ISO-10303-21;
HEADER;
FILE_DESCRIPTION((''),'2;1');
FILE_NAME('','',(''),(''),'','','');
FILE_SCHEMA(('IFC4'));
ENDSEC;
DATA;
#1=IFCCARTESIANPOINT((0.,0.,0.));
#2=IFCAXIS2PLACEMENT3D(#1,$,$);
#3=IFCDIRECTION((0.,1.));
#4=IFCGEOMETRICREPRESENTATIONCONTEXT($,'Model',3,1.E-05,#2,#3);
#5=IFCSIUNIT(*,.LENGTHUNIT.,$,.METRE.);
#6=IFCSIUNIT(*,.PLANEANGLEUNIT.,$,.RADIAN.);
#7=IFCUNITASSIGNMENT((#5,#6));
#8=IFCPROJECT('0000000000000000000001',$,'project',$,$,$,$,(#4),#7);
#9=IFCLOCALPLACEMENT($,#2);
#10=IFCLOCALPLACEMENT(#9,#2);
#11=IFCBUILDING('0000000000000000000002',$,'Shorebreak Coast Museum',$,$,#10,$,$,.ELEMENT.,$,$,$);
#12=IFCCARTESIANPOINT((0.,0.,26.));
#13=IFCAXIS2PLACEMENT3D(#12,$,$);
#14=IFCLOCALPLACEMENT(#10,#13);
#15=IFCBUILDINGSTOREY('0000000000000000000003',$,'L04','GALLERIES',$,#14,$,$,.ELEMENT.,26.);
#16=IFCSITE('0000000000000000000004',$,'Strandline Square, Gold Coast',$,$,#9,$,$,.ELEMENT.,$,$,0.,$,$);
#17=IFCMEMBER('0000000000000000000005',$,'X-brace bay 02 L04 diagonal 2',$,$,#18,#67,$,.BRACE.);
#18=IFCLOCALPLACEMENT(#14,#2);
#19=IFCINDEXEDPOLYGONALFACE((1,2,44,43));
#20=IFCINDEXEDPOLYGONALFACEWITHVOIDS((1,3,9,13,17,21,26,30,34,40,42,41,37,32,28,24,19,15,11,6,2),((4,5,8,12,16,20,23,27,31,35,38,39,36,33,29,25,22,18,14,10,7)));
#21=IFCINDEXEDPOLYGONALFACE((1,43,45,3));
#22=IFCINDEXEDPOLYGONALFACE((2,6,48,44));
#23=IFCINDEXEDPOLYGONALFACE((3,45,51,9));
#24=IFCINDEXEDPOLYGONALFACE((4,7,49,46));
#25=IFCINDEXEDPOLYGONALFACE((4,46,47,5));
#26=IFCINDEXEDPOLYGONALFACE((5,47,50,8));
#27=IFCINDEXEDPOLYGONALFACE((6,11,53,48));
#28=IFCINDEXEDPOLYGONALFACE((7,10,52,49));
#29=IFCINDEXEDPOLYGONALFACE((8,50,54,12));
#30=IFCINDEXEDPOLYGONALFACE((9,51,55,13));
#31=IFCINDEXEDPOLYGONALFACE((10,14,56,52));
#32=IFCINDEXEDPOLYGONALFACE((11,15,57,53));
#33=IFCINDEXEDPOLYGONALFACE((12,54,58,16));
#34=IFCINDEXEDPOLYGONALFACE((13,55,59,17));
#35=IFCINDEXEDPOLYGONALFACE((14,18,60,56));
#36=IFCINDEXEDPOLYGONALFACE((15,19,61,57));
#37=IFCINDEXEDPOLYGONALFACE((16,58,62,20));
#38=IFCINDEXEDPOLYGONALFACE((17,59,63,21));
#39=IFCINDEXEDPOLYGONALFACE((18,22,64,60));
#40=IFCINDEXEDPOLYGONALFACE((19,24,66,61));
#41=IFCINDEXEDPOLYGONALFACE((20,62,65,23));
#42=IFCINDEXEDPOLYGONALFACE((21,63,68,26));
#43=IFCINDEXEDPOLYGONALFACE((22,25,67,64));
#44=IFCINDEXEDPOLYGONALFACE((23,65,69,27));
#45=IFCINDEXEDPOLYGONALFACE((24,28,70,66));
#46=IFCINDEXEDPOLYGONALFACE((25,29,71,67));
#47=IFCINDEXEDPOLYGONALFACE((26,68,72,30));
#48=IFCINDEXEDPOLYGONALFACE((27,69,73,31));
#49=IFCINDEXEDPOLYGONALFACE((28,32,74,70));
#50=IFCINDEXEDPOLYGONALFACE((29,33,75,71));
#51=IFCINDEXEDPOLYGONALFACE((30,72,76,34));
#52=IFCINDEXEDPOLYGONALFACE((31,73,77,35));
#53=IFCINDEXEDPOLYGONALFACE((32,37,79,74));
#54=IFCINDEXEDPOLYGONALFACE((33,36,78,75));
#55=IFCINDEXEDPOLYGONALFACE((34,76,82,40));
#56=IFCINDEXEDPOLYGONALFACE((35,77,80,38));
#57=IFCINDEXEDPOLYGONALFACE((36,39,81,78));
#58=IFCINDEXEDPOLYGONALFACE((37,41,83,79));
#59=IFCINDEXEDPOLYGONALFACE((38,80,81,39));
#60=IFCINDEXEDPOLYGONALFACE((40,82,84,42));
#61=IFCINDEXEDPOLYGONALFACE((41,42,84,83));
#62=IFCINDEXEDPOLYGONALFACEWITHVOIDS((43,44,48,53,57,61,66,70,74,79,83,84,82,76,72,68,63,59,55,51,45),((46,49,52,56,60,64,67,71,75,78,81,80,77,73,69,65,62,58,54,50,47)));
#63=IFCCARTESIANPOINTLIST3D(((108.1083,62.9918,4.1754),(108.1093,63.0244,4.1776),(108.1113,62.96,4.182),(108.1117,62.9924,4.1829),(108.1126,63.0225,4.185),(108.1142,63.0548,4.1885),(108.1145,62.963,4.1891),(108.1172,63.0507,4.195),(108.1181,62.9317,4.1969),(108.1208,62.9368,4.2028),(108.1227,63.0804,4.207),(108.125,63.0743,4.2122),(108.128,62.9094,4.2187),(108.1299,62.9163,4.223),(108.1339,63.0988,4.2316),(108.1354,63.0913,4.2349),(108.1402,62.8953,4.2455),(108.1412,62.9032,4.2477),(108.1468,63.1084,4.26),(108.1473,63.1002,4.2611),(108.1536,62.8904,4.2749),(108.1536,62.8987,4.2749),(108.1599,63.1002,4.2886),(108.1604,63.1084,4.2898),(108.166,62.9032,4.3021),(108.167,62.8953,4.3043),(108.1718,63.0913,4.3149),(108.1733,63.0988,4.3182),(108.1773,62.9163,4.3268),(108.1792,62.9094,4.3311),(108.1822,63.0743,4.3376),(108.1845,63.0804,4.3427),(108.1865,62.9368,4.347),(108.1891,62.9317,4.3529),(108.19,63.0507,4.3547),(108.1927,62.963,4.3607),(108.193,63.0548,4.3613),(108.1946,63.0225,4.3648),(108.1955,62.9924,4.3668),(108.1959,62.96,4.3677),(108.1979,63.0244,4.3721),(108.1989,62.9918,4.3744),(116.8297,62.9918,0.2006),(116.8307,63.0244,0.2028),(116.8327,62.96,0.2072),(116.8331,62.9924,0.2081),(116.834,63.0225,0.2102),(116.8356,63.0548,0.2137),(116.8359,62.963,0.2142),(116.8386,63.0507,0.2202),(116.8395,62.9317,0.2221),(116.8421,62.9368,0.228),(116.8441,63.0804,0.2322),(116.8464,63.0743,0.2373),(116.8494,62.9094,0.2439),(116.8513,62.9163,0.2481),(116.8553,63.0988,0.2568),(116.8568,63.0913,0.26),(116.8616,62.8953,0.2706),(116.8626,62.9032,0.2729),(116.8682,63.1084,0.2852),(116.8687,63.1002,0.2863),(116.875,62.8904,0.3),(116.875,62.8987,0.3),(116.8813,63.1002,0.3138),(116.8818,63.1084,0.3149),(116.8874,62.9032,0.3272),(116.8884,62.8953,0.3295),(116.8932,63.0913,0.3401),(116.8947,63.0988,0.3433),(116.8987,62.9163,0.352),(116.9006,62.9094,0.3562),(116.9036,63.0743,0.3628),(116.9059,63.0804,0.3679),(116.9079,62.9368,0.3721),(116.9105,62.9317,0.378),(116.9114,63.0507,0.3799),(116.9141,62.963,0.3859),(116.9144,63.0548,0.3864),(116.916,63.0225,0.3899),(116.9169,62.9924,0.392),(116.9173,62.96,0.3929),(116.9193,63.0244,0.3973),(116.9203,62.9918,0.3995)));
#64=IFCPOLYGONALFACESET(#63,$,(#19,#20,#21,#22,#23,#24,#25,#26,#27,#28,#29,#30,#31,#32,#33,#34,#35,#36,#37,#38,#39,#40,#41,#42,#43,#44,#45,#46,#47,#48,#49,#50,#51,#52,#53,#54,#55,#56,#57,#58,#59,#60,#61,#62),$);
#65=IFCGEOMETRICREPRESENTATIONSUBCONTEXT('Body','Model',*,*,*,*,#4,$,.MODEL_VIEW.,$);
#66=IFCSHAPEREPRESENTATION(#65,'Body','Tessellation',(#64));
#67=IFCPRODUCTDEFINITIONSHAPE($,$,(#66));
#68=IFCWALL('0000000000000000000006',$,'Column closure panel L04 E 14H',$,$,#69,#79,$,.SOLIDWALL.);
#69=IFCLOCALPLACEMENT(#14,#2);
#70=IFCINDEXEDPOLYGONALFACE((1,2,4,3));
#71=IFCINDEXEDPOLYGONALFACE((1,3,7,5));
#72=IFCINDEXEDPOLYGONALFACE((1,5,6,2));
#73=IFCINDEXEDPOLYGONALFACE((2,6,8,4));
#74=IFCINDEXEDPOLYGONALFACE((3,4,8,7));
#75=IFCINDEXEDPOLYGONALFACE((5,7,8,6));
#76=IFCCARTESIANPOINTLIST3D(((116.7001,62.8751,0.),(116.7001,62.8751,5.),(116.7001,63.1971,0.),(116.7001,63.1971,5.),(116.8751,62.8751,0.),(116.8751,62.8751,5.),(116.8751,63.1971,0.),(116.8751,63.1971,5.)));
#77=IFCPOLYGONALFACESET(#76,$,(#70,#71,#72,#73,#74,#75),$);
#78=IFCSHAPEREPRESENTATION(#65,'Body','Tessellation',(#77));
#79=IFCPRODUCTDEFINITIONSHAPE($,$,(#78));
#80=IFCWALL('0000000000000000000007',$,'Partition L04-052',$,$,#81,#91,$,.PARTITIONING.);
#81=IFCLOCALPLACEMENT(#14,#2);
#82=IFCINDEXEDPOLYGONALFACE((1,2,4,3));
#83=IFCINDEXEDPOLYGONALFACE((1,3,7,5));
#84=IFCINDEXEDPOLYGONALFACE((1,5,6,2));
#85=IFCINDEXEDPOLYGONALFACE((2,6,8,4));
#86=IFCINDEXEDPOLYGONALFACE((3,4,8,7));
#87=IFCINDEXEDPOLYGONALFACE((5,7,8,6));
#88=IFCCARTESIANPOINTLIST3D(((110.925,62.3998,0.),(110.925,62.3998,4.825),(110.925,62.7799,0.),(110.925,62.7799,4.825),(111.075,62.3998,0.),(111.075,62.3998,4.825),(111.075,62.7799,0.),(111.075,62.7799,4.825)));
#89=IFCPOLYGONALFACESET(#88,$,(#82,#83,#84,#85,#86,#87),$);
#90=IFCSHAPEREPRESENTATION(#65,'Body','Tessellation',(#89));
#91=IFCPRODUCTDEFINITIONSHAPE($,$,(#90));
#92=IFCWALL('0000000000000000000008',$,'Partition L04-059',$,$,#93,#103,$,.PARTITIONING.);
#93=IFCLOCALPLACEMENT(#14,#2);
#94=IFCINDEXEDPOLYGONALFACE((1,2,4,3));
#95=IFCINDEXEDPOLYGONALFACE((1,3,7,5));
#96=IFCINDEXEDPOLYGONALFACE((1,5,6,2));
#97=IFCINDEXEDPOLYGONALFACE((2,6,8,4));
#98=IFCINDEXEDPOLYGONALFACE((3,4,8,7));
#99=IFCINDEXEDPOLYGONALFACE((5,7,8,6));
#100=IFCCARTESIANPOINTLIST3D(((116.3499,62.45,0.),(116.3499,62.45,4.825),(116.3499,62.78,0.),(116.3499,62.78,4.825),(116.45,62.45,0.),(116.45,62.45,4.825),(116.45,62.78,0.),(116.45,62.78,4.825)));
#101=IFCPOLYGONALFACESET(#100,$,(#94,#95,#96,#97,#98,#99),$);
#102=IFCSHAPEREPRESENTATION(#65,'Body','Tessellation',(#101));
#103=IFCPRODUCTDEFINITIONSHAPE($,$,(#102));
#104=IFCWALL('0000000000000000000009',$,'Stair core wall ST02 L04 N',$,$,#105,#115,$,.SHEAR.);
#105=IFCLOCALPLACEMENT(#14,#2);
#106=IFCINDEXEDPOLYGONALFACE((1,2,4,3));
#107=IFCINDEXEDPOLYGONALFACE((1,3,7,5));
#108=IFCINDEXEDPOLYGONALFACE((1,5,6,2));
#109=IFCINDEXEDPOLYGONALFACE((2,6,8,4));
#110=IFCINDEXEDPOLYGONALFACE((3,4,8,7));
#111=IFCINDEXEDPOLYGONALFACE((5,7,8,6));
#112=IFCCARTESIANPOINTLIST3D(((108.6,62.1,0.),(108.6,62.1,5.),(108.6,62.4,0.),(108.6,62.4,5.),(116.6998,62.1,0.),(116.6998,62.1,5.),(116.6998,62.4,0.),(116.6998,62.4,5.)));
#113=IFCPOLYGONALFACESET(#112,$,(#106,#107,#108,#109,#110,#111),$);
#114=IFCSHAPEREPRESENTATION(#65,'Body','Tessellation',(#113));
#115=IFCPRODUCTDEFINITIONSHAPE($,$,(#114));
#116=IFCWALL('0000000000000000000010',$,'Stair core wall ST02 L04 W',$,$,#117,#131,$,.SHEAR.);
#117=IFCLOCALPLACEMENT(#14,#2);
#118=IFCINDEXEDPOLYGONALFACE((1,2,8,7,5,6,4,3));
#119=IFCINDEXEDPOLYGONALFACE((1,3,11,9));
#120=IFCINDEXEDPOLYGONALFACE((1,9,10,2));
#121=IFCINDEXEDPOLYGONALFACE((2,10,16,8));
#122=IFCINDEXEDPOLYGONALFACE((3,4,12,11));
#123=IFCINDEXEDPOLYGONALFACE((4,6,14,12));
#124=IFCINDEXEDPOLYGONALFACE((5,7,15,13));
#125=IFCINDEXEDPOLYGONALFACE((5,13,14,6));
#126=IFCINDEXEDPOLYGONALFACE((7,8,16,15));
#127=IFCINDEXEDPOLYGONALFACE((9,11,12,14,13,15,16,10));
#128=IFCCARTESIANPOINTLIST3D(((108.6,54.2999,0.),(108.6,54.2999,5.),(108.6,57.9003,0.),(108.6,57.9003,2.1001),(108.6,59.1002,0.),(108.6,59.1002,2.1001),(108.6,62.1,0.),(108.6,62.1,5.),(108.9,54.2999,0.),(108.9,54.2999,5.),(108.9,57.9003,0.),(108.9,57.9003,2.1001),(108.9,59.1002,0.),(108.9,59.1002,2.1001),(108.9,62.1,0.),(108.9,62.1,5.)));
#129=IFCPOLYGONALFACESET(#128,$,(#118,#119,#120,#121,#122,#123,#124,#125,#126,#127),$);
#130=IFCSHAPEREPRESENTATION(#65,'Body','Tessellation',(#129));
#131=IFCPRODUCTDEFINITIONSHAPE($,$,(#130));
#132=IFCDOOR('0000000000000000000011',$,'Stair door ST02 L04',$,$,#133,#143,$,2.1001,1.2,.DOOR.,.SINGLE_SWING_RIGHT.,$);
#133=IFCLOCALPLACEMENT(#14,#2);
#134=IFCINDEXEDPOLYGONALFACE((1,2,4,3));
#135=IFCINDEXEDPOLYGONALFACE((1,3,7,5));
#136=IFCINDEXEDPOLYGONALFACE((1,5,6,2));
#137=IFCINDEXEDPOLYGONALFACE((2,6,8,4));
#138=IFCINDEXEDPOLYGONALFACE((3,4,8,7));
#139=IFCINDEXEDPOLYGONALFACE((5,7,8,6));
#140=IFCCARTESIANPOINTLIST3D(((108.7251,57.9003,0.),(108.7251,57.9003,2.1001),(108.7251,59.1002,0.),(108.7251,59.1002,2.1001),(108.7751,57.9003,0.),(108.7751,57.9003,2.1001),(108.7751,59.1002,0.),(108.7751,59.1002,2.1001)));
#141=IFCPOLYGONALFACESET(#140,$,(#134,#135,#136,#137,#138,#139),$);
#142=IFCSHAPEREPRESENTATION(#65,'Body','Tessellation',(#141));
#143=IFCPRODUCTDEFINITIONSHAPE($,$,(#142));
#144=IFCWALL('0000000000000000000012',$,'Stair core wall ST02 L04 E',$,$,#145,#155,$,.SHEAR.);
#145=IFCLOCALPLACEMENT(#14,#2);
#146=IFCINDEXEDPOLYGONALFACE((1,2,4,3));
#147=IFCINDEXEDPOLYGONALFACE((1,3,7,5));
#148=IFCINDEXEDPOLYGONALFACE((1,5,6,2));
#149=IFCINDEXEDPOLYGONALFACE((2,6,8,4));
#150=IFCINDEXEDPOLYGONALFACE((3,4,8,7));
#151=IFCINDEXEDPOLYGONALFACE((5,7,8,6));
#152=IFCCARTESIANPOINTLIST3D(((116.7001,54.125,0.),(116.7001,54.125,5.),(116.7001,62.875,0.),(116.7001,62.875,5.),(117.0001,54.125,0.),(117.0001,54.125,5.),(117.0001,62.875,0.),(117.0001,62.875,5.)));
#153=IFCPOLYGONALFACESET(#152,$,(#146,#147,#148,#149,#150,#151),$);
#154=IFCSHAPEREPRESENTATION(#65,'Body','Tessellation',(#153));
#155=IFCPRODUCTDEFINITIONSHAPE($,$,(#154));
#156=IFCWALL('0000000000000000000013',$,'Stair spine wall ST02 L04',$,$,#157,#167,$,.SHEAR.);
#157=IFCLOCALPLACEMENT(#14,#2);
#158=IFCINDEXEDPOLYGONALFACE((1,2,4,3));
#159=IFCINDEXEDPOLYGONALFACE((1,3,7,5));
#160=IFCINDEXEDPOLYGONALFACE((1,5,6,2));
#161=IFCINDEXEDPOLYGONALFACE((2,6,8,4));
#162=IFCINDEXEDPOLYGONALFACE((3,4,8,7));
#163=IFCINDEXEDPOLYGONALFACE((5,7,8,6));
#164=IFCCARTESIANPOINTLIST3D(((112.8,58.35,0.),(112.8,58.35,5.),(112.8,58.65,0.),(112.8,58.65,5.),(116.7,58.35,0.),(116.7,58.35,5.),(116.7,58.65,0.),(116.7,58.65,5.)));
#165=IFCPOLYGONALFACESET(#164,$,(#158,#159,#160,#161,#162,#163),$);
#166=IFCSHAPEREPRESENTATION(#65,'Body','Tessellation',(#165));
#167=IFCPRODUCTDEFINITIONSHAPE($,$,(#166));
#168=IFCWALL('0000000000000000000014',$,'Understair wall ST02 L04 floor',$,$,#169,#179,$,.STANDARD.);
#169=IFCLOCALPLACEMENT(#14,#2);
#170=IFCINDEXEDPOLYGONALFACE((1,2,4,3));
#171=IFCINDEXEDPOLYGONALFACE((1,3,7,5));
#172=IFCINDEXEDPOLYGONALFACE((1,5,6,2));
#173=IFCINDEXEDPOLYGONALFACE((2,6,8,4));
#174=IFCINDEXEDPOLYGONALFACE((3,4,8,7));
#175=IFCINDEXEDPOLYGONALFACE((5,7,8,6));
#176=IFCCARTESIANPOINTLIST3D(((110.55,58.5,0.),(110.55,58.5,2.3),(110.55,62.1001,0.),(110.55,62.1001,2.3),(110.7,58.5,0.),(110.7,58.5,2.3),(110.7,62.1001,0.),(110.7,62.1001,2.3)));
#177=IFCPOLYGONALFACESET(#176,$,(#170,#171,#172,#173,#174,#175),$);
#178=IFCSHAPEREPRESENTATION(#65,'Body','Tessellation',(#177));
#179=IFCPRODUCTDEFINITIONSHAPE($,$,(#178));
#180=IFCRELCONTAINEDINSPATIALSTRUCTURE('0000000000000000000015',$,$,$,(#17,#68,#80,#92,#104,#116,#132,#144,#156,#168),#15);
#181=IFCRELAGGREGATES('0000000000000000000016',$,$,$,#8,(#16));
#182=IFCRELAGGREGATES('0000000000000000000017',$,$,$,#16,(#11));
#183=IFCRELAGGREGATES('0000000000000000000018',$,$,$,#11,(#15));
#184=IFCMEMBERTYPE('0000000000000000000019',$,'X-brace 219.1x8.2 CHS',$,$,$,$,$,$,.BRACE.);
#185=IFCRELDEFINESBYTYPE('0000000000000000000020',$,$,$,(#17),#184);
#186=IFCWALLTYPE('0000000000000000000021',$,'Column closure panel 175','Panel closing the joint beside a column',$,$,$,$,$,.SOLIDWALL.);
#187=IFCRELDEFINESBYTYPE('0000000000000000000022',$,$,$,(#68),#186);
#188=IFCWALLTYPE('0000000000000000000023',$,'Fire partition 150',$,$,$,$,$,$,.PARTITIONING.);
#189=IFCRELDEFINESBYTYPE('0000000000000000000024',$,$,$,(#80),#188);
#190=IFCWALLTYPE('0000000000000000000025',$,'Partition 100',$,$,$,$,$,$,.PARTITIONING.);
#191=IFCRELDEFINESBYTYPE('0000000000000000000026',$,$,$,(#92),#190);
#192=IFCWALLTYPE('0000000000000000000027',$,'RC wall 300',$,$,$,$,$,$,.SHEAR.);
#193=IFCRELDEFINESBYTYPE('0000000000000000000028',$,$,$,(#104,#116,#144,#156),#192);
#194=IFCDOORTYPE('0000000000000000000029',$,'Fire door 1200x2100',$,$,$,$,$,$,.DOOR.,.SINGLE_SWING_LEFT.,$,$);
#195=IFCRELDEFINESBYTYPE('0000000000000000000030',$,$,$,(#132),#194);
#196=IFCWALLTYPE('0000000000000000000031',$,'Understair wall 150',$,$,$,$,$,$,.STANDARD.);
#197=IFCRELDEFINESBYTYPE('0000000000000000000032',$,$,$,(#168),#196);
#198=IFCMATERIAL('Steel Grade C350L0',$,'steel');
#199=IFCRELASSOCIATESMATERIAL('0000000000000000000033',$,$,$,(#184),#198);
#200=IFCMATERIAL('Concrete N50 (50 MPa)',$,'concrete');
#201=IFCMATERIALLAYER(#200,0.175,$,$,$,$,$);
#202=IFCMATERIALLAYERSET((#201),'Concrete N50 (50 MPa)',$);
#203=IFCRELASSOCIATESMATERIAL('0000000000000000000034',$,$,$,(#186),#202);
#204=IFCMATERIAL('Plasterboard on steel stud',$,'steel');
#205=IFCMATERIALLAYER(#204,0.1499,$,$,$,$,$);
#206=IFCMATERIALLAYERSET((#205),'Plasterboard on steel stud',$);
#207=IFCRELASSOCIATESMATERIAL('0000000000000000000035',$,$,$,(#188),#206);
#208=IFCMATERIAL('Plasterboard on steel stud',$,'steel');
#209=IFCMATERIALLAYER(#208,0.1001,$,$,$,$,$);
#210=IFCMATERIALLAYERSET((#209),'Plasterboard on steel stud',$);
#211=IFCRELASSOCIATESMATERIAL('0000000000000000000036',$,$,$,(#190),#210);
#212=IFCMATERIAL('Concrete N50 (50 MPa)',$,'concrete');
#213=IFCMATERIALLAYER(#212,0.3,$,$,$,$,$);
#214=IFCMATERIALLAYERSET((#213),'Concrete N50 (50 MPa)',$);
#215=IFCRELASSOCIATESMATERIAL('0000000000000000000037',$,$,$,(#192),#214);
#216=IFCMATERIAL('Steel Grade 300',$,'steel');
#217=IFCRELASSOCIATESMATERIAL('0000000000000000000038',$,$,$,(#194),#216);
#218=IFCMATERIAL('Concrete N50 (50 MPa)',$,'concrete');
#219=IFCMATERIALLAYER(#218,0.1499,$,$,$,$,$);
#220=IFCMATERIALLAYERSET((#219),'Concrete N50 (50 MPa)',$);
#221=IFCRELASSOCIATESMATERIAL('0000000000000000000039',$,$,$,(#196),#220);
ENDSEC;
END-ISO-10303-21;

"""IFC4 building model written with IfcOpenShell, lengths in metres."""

from ifc_helpers import new_model, si_unit, direction, frame, frame_2d, origin, origin_2d, place, context, subcontext, project, spatial, rectangle, hollow_circle, extrude, material, layer, layer_set, material_profile, profile_set, type_object, element, fill, save


model = new_model("IFC4")

# Units and contexts
model_context = context("Model", 3, precision=1e-05, world=origin(), true_north=direction((0.0, 1.0)))
body_context = subcontext(model_context, "Body", "Model", "MODEL_VIEW")
ifc_project = project(units=[si_unit("LENGTHUNIT", "METRE"), si_unit("PLANEANGLEUNIT", "RADIAN")], contexts=[model_context])

# Site, building, storey
site_placement = place(None, origin())
site = spatial("IfcSite", under=ifc_project, at=site_placement, Name="Strandline Square, Gold Coast", CompositionType="ELEMENT", RefElevation=0.0)
building_placement = place(site_placement, origin())
building = spatial("IfcBuilding", under=site, at=building_placement, Name="Shorebreak Coast Museum", CompositionType="ELEMENT")
storey_placement = place(building_placement, frame((0.0, 0.0, 26.0)))
storey = spatial("IfcBuildingStorey", under=building, at=storey_placement, Name="L04", Description="GALLERIES", CompositionType="ELEMENT", Elevation=26.0)

# Member
ifc_material_1 = material(Name="Steel Grade C350L0", Category="steel")
ifc_material_profile_1 = material_profile(ifc_material_1, hollow_circle(Radius=0.1096, WallThickness=0.0083, at=origin_2d()), Name="219.1x8.2 CHS")
ifc_profile_set_1 = profile_set([ifc_material_profile_1], Name="Steel Grade C350L0")
member_type = type_object("IfcMemberType", Name="X-brace 219.1x8.2 CHS", PredefinedType="BRACE", material=ifc_profile_set_1)
member_placement = place(storey_placement, frame((116.875, 63.0, 0.3), z_axis=(-0.909951, 0.0, 0.414716), x_axis=(0.0, -1.0, 0.0)))
element("IfcMember", 1, at=member_placement, inside=storey, type_object=member_type, Name="X-brace bay 02 L04 diagonal 2", PredefinedType="BRACE", context=body_context, shape_type="SweptSolid", body=[
    extrude(hollow_circle(Radius=0.1096, WallThickness=0.0083, at=origin_2d()), origin(), (0.0, 0.0, 1.0), 9.5845),
])

# Walls
ifc_material_2 = material(Name="Concrete N50 (50 MPa)", Category="concrete")
ifc_layer_1 = layer(ifc_material_2, 0.175)
ifc_layer_set_1 = layer_set([ifc_layer_1], Name="Concrete N50 (50 MPa)")
wall_type_1 = type_object("IfcWallType", Name="Column closure panel 175", Description="Panel closing the joint beside a column", PredefinedType="SOLIDWALL", material=ifc_layer_set_1)
wall_1_placement = place(storey_placement, frame((116.7876, 62.875, 0.0), z_axis=(0.0, 0.0, 1.0), x_axis=(0.0, 1.0, 0.0)))
element("IfcWall", 2, at=wall_1_placement, inside=storey, type_object=wall_type_1, Name="Column closure panel L04 E 14H", PredefinedType="SOLIDWALL", context=body_context, shape_type="SweptSolid", body=[
    extrude(rectangle(XDim=0.322, YDim=0.175, at=frame_2d((0.1611, 0.0))), origin(), (0.0, 0.0, 1.0), 5.0),
])
ifc_material_3 = material(Name="Plasterboard on steel stud", Category="steel")
ifc_layer_2 = layer(ifc_material_3, 0.1499)
ifc_layer_set_2 = layer_set([ifc_layer_2], Name="Plasterboard on steel stud")
wall_type_2 = type_object("IfcWallType", Name="Fire partition 150", PredefinedType="PARTITIONING", material=ifc_layer_set_2)
wall_2_placement = place(storey_placement, frame((111.0, 62.3999, 0.0), z_axis=(0.0, 0.0, 1.0), x_axis=(0.0, 1.0, 0.0)))
element("IfcWall", 3, at=wall_2_placement, inside=storey, type_object=wall_type_2, Name="Partition L04-052", PredefinedType="PARTITIONING", context=body_context, shape_type="SweptSolid", body=[
    extrude(rectangle(XDim=0.3801, YDim=0.1499, at=frame_2d((0.1899, 0.0))), origin(), (0.0, 0.0, 1.0), 4.825),
])
ifc_material_4 = material(Name="Plasterboard on steel stud", Category="steel")
ifc_layer_3 = layer(ifc_material_4, 0.1001)
ifc_layer_set_3 = layer_set([ifc_layer_3], Name="Plasterboard on steel stud")
wall_type_3 = type_object("IfcWallType", Name="Partition 100", PredefinedType="PARTITIONING", material=ifc_layer_set_3)
wall_3_placement = place(storey_placement, frame((116.3999, 62.45, 0.0), z_axis=(0.0, 0.0, 1.0), x_axis=(0.0, 1.0, 0.0)))
element("IfcWall", 4, at=wall_3_placement, inside=storey, type_object=wall_type_3, Name="Partition L04-059", PredefinedType="PARTITIONING", context=body_context, shape_type="SweptSolid", body=[
    extrude(rectangle(XDim=0.3301, YDim=0.1001, at=frame_2d((0.165, 0.0))), origin(), (0.0, 0.0, 1.0), 4.825),
])
ifc_material_5 = material(Name="Concrete N50 (50 MPa)", Category="concrete")
ifc_layer_4 = layer(ifc_material_5, 0.3)
ifc_layer_set_4 = layer_set([ifc_layer_4], Name="Concrete N50 (50 MPa)")
wall_type_4 = type_object("IfcWallType", Name="RC wall 300", PredefinedType="SHEAR", material=ifc_layer_set_4)
wall_4_placement = place(storey_placement, frame((108.6001, 62.25, 0.0), z_axis=(0.0, 0.0, 1.0), x_axis=(1.0, 0.0, 0.0)))
element("IfcWall", 5, at=wall_4_placement, inside=storey, type_object=wall_type_4, Name="Stair core wall ST02 L04 N", PredefinedType="SHEAR", context=body_context, shape_type="SweptSolid", body=[
    extrude(rectangle(XDim=8.0999, YDim=0.3, at=frame_2d((4.0498, 0.0))), origin(), (0.0, 0.0, 1.0), 5.0),
])

# Wall, opening, door
wall_5_placement = place(storey_placement, frame((108.75, 54.3, 0.0), z_axis=(0.0, 0.0, 1.0), x_axis=(0.0, 1.0, 0.0)))
wall_5 = element("IfcWall", 6, at=wall_5_placement, inside=storey, type_object=wall_type_4, Name="Stair core wall ST02 L04 W", PredefinedType="SHEAR", context=body_context, shape_type="SweptSolid", body=[
    extrude(rectangle(XDim=7.8, YDim=0.3, at=frame_2d((3.8999, 0.0))), origin(), (0.0, 0.0, 1.0), 5.0),
])
opening_placement = place(wall_5_placement, frame((3.6001, 0.0, 0.0)))
opening = element("IfcOpeningElement", 7, at=opening_placement, cuts=wall_5, PredefinedType="OPENING", context=body_context, shape_type="SweptSolid", body=[
    extrude(rectangle(XDim=1.2, YDim=2.1001, at=frame_2d((0.6001, 1.05))), frame((0.0, 0.1599, 0.0), z_axis=(0.0, -1.0, 0.0), x_axis=(1.0, 0.0, 0.0)), (0.0, 0.0, 1.0), 0.3201),
])
ifc_material_6 = material(Name="Steel Grade 300", Category="steel")
door_type = type_object("IfcDoorType", Name="Fire door 1200x2100", OperationType="SINGLE_SWING_LEFT", PredefinedType="DOOR", material=ifc_material_6)
door_placement = place(opening_placement, origin())
door = element("IfcDoor", 8, at=door_placement, inside=storey, type_object=door_type, Name="Stair door ST02 L04", OperationType="SINGLE_SWING_RIGHT", OverallHeight=2.1001, OverallWidth=1.2, PredefinedType="DOOR", context=body_context, shape_type="SweptSolid", body=[
    extrude(rectangle(XDim=1.2, YDim=2.1001, at=frame_2d((0.6001, 1.05))), frame((0.0, 0.0249, 0.0), z_axis=(0.0, -1.0, 0.0), x_axis=(1.0, 0.0, 0.0)), (0.0, 0.0, 1.0), 0.05),
])
fill(opening, door)

# Walls
wall_6_placement = place(storey_placement, frame((116.8501, 54.125, 0.0), z_axis=(0.0, 0.0, 1.0), x_axis=(0.0, 1.0, 0.0)))
element("IfcWall", 9, at=wall_6_placement, inside=storey, type_object=wall_type_4, Name="Stair core wall ST02 L04 E", PredefinedType="SHEAR", context=body_context, shape_type="SweptSolid", body=[
    extrude(rectangle(XDim=8.75, YDim=0.3, at=frame_2d((4.375, 0.0))), origin(), (0.0, 0.0, 1.0), 5.0),
])
wall_7_placement = place(storey_placement, frame((112.8, 58.5, 0.0), z_axis=(0.0, 0.0, 1.0), x_axis=(1.0, 0.0, 0.0)))
element("IfcWall", 10, at=wall_7_placement, inside=storey, type_object=wall_type_4, Name="Stair spine wall ST02 L04", PredefinedType="SHEAR", context=body_context, shape_type="SweptSolid", body=[
    extrude(rectangle(XDim=3.8999, YDim=0.3, at=frame_2d((1.95, 0.0))), origin(), (0.0, 0.0, 1.0), 5.0),
])
ifc_material_7 = material(Name="Concrete N50 (50 MPa)", Category="concrete")
ifc_layer_5 = layer(ifc_material_7, 0.1499)
ifc_layer_set_5 = layer_set([ifc_layer_5], Name="Concrete N50 (50 MPa)")
wall_type_5 = type_object("IfcWallType", Name="Understair wall 150", PredefinedType="STANDARD", material=ifc_layer_set_5)
wall_8_placement = place(storey_placement, frame((110.625, 58.5, 0.0), z_axis=(0.0, 0.0, 1.0), x_axis=(0.0, 1.0, 0.0)))
element("IfcWall", 11, at=wall_8_placement, inside=storey, type_object=wall_type_5, Name="Understair wall ST02 L04 floor", PredefinedType="STANDARD", context=body_context, shape_type="SweptSolid", body=[
    extrude(rectangle(XDim=3.6001, YDim=0.1499, at=frame_2d((1.8, 0.0))), origin(), (0.0, 0.0, 1.0), 2.3),
])

save(model, "model.ifc")
